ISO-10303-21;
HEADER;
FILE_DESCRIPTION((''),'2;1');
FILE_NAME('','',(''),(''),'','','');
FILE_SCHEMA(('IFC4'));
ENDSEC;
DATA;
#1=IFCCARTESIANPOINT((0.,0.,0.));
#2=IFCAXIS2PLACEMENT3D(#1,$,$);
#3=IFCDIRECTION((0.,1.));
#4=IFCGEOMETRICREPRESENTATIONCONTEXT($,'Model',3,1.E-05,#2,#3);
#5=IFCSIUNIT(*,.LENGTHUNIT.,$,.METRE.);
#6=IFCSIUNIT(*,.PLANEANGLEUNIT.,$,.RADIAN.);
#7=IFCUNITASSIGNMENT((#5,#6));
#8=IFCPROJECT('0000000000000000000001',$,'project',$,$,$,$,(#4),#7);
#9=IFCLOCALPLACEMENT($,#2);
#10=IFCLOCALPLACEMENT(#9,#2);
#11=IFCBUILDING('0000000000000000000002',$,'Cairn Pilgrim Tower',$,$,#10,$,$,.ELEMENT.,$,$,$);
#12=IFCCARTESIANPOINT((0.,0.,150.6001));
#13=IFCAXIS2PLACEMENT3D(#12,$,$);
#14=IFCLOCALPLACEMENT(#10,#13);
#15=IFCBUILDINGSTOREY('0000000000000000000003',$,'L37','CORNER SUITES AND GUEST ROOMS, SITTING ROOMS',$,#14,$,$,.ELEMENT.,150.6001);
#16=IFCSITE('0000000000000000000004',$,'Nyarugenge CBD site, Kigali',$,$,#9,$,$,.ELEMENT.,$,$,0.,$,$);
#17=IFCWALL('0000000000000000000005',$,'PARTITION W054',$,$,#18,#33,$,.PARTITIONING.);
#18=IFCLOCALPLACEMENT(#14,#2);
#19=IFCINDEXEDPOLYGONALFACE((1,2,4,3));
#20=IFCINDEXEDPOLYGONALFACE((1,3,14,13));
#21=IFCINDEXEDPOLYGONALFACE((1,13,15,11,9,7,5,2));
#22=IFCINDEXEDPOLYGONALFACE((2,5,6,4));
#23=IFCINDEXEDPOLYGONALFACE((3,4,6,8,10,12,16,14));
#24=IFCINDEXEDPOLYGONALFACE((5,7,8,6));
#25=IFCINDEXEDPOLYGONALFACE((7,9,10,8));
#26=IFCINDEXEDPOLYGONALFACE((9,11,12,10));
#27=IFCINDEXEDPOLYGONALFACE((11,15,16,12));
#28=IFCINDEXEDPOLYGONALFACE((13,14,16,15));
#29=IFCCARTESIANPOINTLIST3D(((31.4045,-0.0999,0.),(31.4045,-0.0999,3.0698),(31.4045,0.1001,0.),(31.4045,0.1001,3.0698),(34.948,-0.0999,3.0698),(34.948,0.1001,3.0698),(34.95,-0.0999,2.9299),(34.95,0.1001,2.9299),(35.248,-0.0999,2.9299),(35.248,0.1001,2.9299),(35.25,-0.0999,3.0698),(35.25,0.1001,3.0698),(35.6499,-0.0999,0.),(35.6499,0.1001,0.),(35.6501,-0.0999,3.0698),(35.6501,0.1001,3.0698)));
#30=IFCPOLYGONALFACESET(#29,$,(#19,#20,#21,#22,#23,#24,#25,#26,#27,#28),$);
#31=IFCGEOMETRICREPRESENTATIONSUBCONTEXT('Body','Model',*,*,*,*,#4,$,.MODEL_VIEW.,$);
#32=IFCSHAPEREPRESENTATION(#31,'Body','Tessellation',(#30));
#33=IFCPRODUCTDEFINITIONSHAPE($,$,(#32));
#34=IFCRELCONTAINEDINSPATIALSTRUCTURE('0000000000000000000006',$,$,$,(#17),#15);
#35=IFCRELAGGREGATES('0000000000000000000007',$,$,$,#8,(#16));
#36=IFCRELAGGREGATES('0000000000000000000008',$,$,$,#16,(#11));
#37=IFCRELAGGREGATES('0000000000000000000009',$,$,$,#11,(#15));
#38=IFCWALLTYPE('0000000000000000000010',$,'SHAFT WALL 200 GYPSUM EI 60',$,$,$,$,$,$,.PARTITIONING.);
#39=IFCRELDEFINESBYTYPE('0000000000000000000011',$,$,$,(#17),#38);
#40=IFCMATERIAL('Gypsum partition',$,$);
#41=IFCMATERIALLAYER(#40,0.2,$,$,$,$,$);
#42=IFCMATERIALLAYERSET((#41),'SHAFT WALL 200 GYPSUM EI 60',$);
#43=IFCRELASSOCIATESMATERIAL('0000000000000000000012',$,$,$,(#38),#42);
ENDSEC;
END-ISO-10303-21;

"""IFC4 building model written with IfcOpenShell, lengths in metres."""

from ifc_helpers import new_model, si_unit, direction, frame, origin, place, context, subcontext, project, spatial, polyline, outline, extrude, material, layer, layer_set, type_object, element, save


model = new_model("IFC4")

# Units and contexts
model_context = context("Model", 3, precision=1e-05, world=origin(), true_north=direction((0.0, 1.0)))
body_context = subcontext(model_context, "Body", "Model", "MODEL_VIEW")
ifc_project = project(units=[si_unit("LENGTHUNIT", "METRE"), si_unit("PLANEANGLEUNIT", "RADIAN")], contexts=[model_context])

# Site, building, storey
site_placement = place(None, origin())
site = spatial("IfcSite", under=ifc_project, at=site_placement, Name="Nyarugenge CBD site, Kigali", CompositionType="ELEMENT", RefElevation=0.0)
building_placement = place(site_placement, origin())
building = spatial("IfcBuilding", under=site, at=building_placement, Name="Cairn Pilgrim Tower", CompositionType="ELEMENT")
storey_placement = place(building_placement, frame((0.0, 0.0, 150.6001)))
storey = spatial("IfcBuildingStorey", under=building, at=storey_placement, Name="L37", Description="CORNER SUITES AND GUEST ROOMS, SITTING ROOMS", CompositionType="ELEMENT", Elevation=150.6001)

# Wall
ifc_material_1 = material(Name="Gypsum partition")
ifc_layer_1 = layer(ifc_material_1, 0.2)
ifc_layer_set_1 = layer_set([ifc_layer_1], Name="SHAFT WALL 200 GYPSUM EI 60")
wall_type_1 = type_object("IfcWallType", Name="SHAFT WALL 200 GYPSUM EI 60", PredefinedType="PARTITIONING", material=ifc_layer_set_1)
wall_1_placement = place(storey_placement, frame((31.4045, 0.0, 0.0), z_axis=(0.0, 0.0, 1.0), x_axis=(1.0, 0.0, 0.0)))
element("IfcWall", 1, at=wall_1_placement, inside=storey, type_object=wall_type_1, Name="PARTITION W054", PredefinedType="PARTITIONING", context=body_context, shape_type="SweptSolid", body=[
    extrude(outline(polyline([(0.0, 0.0), (4.2454, 0.0), (4.2456, 3.0698), (3.8455, 3.0698), (3.8435, 2.9299), (3.5454, 2.9299), (3.5435, 3.0698), (0.0, 3.0698), (0.0, 0.0)])), frame((0.0, 0.1001, 0.0), z_axis=(0.0, -1.0, 0.0), x_axis=(1.0, 0.0, 0.0)), (0.0, 0.0, 1.0), 0.2),
])

save(model, "model.ifc")
